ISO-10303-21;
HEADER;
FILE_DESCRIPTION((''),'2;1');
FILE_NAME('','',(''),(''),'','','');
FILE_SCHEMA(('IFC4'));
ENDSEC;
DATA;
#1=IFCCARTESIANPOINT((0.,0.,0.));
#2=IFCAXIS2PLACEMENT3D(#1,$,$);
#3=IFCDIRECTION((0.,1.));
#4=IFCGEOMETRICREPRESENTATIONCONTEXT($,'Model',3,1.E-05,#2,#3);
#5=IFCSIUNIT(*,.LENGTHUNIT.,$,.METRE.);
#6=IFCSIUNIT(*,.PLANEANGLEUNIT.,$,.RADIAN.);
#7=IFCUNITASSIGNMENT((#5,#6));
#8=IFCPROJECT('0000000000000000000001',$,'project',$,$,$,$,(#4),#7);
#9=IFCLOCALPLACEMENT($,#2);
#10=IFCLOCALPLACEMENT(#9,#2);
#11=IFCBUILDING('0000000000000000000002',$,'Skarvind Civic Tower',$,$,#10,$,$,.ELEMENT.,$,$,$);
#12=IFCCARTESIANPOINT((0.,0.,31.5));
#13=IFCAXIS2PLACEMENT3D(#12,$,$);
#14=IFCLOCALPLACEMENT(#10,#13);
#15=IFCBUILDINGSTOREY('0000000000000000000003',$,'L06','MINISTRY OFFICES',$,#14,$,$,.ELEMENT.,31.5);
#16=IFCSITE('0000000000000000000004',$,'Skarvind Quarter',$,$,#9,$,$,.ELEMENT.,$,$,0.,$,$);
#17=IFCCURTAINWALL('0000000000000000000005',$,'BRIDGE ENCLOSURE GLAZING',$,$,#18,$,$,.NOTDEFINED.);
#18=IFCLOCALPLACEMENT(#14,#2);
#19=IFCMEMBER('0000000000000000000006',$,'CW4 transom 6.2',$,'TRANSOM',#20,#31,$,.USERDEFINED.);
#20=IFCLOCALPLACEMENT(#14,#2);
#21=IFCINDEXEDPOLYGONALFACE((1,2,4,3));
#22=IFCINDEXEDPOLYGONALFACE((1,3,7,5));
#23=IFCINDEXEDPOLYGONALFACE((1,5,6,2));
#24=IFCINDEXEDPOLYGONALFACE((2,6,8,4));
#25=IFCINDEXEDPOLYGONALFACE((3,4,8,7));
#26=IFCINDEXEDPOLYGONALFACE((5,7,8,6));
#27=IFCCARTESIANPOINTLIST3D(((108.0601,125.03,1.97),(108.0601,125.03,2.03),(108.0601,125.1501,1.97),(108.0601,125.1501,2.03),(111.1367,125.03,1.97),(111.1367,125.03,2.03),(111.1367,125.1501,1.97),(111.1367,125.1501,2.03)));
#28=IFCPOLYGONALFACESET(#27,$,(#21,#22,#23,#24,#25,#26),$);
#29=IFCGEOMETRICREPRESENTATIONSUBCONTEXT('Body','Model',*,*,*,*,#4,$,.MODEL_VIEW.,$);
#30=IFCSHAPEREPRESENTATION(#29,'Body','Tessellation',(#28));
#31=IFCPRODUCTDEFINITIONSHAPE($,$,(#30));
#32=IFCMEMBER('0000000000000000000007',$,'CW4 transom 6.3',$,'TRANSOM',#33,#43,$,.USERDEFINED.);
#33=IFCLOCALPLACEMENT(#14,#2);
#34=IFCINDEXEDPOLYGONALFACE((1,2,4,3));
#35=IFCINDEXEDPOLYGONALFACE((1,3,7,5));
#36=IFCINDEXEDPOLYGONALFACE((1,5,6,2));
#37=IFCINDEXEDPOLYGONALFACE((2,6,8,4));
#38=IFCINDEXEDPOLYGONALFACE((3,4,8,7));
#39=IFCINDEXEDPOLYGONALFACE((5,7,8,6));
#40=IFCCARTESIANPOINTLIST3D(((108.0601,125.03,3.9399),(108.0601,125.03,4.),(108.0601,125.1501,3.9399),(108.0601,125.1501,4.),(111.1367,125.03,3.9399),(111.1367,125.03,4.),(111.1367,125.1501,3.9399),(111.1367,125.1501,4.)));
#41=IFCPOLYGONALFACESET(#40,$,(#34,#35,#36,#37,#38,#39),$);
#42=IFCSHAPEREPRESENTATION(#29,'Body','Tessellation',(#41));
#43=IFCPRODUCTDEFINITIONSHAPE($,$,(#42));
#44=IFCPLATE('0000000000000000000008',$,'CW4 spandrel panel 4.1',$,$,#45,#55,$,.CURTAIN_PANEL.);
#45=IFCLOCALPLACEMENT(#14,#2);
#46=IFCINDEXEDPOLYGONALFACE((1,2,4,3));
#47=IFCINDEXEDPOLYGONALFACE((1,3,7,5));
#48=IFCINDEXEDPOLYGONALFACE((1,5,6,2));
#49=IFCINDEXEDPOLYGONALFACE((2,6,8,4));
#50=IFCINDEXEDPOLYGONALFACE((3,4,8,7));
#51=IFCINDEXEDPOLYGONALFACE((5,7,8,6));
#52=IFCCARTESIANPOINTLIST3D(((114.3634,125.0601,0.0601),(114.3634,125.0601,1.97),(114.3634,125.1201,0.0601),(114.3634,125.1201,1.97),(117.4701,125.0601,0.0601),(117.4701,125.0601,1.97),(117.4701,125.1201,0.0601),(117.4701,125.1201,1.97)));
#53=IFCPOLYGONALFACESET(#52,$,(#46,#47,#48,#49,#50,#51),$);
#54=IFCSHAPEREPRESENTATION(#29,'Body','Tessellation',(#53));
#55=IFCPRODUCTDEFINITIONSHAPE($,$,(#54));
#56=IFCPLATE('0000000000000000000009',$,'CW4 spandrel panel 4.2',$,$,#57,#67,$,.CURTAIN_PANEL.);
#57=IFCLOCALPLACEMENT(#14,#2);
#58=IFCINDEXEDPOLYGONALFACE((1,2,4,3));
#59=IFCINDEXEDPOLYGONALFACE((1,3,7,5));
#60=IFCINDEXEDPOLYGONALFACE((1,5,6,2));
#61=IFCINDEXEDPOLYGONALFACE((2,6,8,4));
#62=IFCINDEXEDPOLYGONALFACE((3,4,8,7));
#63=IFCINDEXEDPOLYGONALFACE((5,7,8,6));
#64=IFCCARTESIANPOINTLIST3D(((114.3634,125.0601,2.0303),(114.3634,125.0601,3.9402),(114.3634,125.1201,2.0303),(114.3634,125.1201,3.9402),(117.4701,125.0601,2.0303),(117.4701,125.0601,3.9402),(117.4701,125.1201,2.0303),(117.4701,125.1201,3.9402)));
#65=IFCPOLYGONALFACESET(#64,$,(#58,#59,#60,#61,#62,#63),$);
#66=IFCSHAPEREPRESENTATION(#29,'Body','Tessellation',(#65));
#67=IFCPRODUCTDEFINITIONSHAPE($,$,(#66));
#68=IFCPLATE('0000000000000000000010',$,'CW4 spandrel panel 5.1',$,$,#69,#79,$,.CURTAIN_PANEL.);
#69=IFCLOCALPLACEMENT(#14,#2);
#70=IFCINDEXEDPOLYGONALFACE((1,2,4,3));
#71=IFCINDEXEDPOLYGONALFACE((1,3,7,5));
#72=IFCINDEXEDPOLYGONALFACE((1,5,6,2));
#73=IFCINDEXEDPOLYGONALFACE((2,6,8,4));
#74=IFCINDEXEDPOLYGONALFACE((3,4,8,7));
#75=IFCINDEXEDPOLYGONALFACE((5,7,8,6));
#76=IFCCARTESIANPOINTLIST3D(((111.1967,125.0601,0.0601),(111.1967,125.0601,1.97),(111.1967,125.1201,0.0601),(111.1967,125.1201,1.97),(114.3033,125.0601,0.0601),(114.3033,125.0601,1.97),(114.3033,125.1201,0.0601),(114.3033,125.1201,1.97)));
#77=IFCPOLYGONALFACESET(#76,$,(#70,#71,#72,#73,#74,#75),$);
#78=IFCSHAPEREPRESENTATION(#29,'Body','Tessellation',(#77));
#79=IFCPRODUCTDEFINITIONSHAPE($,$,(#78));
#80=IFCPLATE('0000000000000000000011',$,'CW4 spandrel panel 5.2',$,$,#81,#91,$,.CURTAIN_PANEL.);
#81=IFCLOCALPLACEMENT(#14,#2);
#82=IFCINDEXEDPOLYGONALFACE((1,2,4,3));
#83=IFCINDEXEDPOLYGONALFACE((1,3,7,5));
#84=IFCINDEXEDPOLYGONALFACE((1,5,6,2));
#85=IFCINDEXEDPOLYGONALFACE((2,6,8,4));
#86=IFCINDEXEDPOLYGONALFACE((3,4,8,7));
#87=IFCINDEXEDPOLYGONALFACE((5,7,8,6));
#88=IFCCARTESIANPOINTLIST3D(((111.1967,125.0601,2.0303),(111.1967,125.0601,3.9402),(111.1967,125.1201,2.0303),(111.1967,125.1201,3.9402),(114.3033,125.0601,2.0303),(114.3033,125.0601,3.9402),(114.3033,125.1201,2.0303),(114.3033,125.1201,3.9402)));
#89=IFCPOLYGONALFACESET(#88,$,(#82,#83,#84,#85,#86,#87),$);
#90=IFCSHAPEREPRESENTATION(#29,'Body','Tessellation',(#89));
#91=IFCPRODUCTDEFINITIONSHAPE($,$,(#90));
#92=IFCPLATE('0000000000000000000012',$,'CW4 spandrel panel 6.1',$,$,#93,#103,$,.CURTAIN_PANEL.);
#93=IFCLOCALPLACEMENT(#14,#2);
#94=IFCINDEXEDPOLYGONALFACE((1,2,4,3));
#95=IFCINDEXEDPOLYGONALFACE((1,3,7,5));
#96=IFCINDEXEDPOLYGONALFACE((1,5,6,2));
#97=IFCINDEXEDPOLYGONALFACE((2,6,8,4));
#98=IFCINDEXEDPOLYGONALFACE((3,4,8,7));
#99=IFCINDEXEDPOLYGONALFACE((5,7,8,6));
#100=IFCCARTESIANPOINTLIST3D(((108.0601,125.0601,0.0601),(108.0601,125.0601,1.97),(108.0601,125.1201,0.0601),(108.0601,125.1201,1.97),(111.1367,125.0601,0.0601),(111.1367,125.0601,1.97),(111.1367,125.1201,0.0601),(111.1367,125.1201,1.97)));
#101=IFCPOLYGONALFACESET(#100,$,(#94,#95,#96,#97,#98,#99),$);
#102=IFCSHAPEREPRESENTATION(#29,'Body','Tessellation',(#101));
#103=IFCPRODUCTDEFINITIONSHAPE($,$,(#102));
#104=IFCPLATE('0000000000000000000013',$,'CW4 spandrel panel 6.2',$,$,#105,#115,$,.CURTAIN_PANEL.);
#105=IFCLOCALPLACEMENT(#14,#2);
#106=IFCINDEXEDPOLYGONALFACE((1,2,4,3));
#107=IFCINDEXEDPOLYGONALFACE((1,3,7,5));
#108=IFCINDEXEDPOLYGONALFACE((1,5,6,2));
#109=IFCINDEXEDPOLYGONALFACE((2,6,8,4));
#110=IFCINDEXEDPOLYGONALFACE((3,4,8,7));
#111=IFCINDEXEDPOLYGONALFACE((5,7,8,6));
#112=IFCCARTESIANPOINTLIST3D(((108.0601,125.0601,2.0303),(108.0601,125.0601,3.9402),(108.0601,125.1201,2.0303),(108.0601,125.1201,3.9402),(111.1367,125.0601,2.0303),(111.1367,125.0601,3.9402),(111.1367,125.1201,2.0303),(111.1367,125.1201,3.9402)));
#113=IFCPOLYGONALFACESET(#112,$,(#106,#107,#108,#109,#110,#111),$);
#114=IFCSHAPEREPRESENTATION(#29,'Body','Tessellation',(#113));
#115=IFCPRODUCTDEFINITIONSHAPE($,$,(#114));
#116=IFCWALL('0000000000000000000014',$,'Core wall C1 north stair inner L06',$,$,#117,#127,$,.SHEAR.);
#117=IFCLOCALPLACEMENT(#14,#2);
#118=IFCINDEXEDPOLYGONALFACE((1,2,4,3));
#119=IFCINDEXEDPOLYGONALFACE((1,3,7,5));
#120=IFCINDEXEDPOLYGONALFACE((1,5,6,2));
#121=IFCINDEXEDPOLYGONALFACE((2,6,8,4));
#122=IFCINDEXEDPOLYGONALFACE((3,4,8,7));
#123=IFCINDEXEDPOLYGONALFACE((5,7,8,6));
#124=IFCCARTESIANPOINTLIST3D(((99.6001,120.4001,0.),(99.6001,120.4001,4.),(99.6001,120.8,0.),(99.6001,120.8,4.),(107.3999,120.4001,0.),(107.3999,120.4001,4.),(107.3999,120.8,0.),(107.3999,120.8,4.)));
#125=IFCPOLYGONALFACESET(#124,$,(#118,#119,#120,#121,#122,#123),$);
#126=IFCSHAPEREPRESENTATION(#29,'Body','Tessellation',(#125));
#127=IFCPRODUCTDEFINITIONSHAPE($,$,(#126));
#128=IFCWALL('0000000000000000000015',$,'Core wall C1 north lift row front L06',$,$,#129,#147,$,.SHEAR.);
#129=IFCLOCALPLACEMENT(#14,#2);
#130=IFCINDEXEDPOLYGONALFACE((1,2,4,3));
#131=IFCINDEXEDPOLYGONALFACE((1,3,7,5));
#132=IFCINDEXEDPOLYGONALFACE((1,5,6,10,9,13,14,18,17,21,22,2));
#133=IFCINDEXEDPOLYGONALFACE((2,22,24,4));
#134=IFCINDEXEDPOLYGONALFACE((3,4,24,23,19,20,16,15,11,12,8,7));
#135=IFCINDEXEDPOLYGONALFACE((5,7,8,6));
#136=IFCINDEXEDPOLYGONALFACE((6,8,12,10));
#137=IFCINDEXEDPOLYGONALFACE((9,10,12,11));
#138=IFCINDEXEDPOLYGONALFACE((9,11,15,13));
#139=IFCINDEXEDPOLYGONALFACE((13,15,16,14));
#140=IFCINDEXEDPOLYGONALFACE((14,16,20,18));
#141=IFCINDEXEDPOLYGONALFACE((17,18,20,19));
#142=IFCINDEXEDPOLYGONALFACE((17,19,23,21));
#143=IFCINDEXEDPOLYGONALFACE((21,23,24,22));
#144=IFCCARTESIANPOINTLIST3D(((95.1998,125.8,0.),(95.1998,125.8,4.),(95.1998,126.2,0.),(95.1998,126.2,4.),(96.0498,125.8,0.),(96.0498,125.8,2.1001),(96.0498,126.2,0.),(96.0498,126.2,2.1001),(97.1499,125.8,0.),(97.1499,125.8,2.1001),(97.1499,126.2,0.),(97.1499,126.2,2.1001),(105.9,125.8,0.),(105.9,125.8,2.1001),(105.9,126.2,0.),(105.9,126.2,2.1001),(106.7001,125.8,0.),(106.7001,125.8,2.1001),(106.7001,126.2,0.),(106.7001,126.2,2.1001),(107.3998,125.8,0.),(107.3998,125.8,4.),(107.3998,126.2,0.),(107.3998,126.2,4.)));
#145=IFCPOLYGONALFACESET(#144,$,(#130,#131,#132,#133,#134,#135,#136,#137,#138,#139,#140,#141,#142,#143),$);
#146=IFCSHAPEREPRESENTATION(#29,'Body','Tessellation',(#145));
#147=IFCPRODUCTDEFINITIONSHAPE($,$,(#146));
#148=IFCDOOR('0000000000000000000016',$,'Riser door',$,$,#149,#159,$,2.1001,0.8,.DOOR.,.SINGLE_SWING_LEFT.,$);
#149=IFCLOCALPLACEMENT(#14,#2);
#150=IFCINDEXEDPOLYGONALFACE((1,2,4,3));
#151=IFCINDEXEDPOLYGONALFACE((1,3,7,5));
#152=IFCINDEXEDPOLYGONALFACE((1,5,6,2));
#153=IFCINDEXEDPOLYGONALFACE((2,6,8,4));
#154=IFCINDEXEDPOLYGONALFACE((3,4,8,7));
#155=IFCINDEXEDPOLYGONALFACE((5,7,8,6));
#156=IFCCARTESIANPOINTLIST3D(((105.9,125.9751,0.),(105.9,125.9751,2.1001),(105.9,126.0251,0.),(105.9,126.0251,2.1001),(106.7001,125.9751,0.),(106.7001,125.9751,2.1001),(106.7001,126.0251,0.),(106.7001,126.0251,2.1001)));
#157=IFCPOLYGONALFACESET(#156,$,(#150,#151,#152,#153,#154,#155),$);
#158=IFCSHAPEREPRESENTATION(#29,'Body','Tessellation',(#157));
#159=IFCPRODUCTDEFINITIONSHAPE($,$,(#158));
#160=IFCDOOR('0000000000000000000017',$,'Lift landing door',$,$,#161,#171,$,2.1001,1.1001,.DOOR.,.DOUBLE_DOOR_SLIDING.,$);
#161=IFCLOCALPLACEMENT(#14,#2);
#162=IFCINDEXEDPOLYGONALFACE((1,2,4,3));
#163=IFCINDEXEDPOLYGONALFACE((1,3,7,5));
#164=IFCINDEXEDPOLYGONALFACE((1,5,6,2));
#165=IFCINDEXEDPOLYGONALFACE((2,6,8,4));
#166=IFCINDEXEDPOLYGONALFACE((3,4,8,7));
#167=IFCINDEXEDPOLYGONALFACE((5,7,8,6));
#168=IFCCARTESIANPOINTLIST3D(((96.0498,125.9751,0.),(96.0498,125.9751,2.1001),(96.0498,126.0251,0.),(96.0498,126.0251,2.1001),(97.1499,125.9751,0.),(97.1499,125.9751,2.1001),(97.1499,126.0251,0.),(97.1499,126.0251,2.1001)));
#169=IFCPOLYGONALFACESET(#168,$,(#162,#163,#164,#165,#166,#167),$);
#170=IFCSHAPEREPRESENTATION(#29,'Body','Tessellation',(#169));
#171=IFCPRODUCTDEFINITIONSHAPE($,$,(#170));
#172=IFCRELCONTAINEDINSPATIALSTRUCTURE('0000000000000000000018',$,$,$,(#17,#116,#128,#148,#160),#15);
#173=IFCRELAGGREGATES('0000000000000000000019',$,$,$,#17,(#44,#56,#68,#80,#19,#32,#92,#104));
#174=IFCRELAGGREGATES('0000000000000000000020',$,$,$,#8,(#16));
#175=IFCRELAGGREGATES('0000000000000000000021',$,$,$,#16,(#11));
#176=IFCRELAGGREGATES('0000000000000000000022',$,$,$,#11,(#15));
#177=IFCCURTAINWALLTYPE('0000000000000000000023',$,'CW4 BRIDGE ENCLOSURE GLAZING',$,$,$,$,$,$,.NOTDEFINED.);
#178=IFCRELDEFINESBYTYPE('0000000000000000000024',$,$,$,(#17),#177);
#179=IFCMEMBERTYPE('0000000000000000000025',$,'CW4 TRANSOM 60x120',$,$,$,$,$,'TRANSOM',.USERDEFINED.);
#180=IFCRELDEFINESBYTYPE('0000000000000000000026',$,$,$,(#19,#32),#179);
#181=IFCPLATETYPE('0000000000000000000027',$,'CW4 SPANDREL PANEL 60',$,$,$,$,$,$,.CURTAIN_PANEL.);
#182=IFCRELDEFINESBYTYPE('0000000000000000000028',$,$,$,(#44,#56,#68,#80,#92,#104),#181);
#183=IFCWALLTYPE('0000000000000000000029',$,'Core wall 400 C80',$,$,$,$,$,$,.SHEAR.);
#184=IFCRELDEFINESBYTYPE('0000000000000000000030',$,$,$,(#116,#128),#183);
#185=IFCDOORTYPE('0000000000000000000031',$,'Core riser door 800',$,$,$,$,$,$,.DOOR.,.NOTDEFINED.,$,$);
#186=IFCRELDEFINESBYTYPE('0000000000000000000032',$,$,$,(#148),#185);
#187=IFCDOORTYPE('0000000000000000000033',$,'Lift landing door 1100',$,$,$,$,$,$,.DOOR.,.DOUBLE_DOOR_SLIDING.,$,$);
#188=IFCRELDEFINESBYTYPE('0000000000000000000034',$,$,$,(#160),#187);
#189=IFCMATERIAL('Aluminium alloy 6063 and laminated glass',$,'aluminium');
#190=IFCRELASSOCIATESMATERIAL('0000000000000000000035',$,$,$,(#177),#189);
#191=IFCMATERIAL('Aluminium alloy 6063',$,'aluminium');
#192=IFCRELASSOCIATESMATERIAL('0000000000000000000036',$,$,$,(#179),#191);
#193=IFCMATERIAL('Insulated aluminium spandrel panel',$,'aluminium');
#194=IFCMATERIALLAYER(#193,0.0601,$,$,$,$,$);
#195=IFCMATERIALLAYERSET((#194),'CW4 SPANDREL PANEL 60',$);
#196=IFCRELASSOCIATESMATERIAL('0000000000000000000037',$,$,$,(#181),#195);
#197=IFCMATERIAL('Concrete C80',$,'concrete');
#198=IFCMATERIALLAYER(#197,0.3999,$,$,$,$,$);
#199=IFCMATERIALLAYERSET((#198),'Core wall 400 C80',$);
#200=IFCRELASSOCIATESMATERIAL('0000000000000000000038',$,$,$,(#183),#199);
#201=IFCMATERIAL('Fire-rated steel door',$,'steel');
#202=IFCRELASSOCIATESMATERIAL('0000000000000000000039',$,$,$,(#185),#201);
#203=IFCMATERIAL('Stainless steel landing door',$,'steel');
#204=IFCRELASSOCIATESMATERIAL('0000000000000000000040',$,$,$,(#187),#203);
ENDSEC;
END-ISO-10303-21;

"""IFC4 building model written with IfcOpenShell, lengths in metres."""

from ifc_helpers import new_model, si_unit, direction, frame, frame_2d, origin, origin_2d, place, context, subcontext, project, spatial, rectangle, extrude, material, layer, layer_set, material_profile, profile_set, type_object, element, fill, aggregate, save


model = new_model("IFC4")

# Units and contexts
model_context = context("Model", 3, precision=1e-05, world=origin(), true_north=direction((0.0, 1.0)))
body_context = subcontext(model_context, "Body", "Model", "MODEL_VIEW")
ifc_project = project(units=[si_unit("LENGTHUNIT", "METRE"), si_unit("PLANEANGLEUNIT", "RADIAN")], contexts=[model_context])

# Site, building, storey
site_placement = place(None, origin())
site = spatial("IfcSite", under=ifc_project, at=site_placement, Name="Skarvind Quarter", CompositionType="ELEMENT", RefElevation=0.0)
building_placement = place(site_placement, origin())
building = spatial("IfcBuilding", under=site, at=building_placement, Name="Skarvind Civic Tower", CompositionType="ELEMENT")
storey_placement = place(building_placement, frame((0.0, 0.0, 31.5)))
storey = spatial("IfcBuildingStorey", under=building, at=storey_placement, Name="L06", Description="MINISTRY OFFICES", CompositionType="ELEMENT", Elevation=31.5)

# Curtain wall, members, plates
ifc_material_1 = material(Name="Aluminium alloy 6063 and laminated glass", Category="aluminium")
curtain_wall_type = type_object("IfcCurtainWallType", Name="CW4 BRIDGE ENCLOSURE GLAZING", PredefinedType="NOTDEFINED", material=ifc_material_1)
curtain_wall_placement = place(storey_placement, origin())
curtain_wall = element("IfcCurtainWall", 1, at=curtain_wall_placement, inside=storey, type_object=curtain_wall_type, Name="BRIDGE ENCLOSURE GLAZING", PredefinedType="NOTDEFINED")
ifc_material_2 = material(Name="Aluminium alloy 6063", Category="aluminium")
ifc_material_profile_1 = material_profile(ifc_material_2, rectangle(XDim=0.1201, YDim=0.0601, at=origin_2d()), Name="AL 60x120")
ifc_profile_set_1 = profile_set([ifc_material_profile_1], Name="Aluminium alloy 6063")
member_type_1 = type_object("IfcMemberType", Name="CW4 TRANSOM 60x120", ElementType="TRANSOM", PredefinedType="USERDEFINED", material=ifc_profile_set_1)
member_1_placement = place(storey_placement, frame((111.1367, 125.0901, 2.0), z_axis=(-1.0, 0.0, 0.0), x_axis=(0.0, -1.0, 0.0)))
member_1 = element("IfcMember", 2, at=member_1_placement, type_object=member_type_1, Name="CW4 transom 6.2", ObjectType="TRANSOM", PredefinedType="USERDEFINED", context=body_context, shape_type="SweptSolid", body=[
    extrude(rectangle(XDim=0.1201, YDim=0.0601, at=origin_2d()), origin(), (0.0, 0.0, 1.0), 3.0767),
])
member_2_placement = place(storey_placement, frame((111.1367, 125.0901, 3.97), z_axis=(-1.0, 0.0, 0.0), x_axis=(0.0, -1.0, 0.0)))
member_2 = element("IfcMember", 3, at=member_2_placement, type_object=member_type_1, Name="CW4 transom 6.3", ObjectType="TRANSOM", PredefinedType="USERDEFINED", context=body_context, shape_type="SweptSolid", body=[
    extrude(rectangle(XDim=0.1201, YDim=0.0601, at=origin_2d()), origin(), (0.0, 0.0, 1.0), 3.0767),
])
ifc_material_3 = material(Name="Insulated aluminium spandrel panel", Category="aluminium")
ifc_layer_1 = layer(ifc_material_3, 0.0601)
ifc_layer_set_1 = layer_set([ifc_layer_1], Name="CW4 SPANDREL PANEL 60")
plate_type = type_object("IfcPlateType", Name="CW4 SPANDREL PANEL 60", PredefinedType="CURTAIN_PANEL", material=ifc_layer_set_1)
plate_1_placement = place(storey_placement, frame((115.9167, 125.0901, 0.0601), z_axis=(0.0, 0.0, 1.0), x_axis=(-1.0, 0.0, 0.0)))
plate_1 = element("IfcPlate", 4, at=plate_1_placement, type_object=plate_type, Name="CW4 spandrel panel 4.1", PredefinedType="CURTAIN_PANEL", context=body_context, shape_type="SweptSolid", body=[
    extrude(rectangle(XDim=3.1067, YDim=0.0601, at=origin_2d()), origin(), (0.0, 0.0, 1.0), 1.9099),
])
plate_2_placement = place(storey_placement, frame((115.9167, 125.0901, 2.0303), z_axis=(0.0, 0.0, 1.0), x_axis=(-1.0, 0.0, 0.0)))
plate_2 = element("IfcPlate", 5, at=plate_2_placement, type_object=plate_type, Name="CW4 spandrel panel 4.2", PredefinedType="CURTAIN_PANEL", context=body_context, shape_type="SweptSolid", body=[
    extrude(rectangle(XDim=3.1067, YDim=0.0601, at=origin_2d()), origin(), (0.0, 0.0, 1.0), 1.9099),
])
plate_3_placement = place(storey_placement, frame((112.75, 125.0901, 0.0601), z_axis=(0.0, 0.0, 1.0), x_axis=(-1.0, 0.0, 0.0)))
plate_3 = element("IfcPlate", 6, at=plate_3_placement, type_object=plate_type, Name="CW4 spandrel panel 5.1", PredefinedType="CURTAIN_PANEL", context=body_context, shape_type="SweptSolid", body=[
    extrude(rectangle(XDim=3.1067, YDim=0.0601, at=origin_2d()), origin(), (0.0, 0.0, 1.0), 1.9099),
])
plate_4_placement = place(storey_placement, frame((112.75, 125.0901, 2.0303), z_axis=(0.0, 0.0, 1.0), x_axis=(-1.0, 0.0, 0.0)))
plate_4 = element("IfcPlate", 7, at=plate_4_placement, type_object=plate_type, Name="CW4 spandrel panel 5.2", PredefinedType="CURTAIN_PANEL", context=body_context, shape_type="SweptSolid", body=[
    extrude(rectangle(XDim=3.1067, YDim=0.0601, at=origin_2d()), origin(), (0.0, 0.0, 1.0), 1.9099),
])
plate_5_placement = place(storey_placement, frame((109.5984, 125.0901, 0.0601), z_axis=(0.0, 0.0, 1.0), x_axis=(-1.0, 0.0, 0.0)))
plate_5 = element("IfcPlate", 8, at=plate_5_placement, type_object=plate_type, Name="CW4 spandrel panel 6.1", PredefinedType="CURTAIN_PANEL", context=body_context, shape_type="SweptSolid", body=[
    extrude(rectangle(XDim=3.0767, YDim=0.0601, at=origin_2d()), origin(), (0.0, 0.0, 1.0), 1.9099),
])
plate_6_placement = place(storey_placement, frame((109.5984, 125.0901, 2.0303), z_axis=(0.0, 0.0, 1.0), x_axis=(-1.0, 0.0, 0.0)))
plate_6 = element("IfcPlate", 9, at=plate_6_placement, type_object=plate_type, Name="CW4 spandrel panel 6.2", PredefinedType="CURTAIN_PANEL", context=body_context, shape_type="SweptSolid", body=[
    extrude(rectangle(XDim=3.0767, YDim=0.0601, at=origin_2d()), origin(), (0.0, 0.0, 1.0), 1.9099),
])
aggregate(curtain_wall, [plate_1, plate_2, plate_3, plate_4, member_1, member_2, plate_5, plate_6])

# Wall
ifc_material_4 = material(Name="Concrete C80", Category="concrete")
ifc_layer_2 = layer(ifc_material_4, 0.3999)
ifc_layer_set_2 = layer_set([ifc_layer_2], Name="Core wall 400 C80")
wall_type_1 = type_object("IfcWallType", Name="Core wall 400 C80", PredefinedType="SHEAR", material=ifc_layer_set_2)
wall_1_placement = place(storey_placement, frame((107.3999, 120.6001, 0.0), z_axis=(0.0, 0.0, 1.0), x_axis=(-1.0, 0.0, 0.0)))
element("IfcWall", 10, at=wall_1_placement, inside=storey, type_object=wall_type_1, Name="Core wall C1 north stair inner L06", PredefinedType="SHEAR", context=body_context, shape_type="SweptSolid", body=[
    extrude(rectangle(XDim=7.7998, YDim=0.3999, at=frame_2d((3.8999, 0.0))), origin(), (0.0, 0.0, 1.0), 4.0),
])

# Wall, openings, doors
wall_2_placement = place(storey_placement, frame((107.3999, 126.0, 0.0), z_axis=(0.0, 0.0, 1.0), x_axis=(-1.0, 0.0, 0.0)))
wall_2 = element("IfcWall", 11, at=wall_2_placement, inside=storey, type_object=wall_type_1, Name="Core wall C1 north lift row front L06", PredefinedType="SHEAR", context=body_context, shape_type="SweptSolid", body=[
    extrude(rectangle(XDim=12.2, YDim=0.3999, at=frame_2d((6.1001, 0.0))), origin(), (0.0, 0.0, 1.0), 4.0),
])
opening_1_placement = place(wall_2_placement, frame((10.25, 0.0, 0.0)))
opening_1 = element("IfcOpeningElement", 12, at=opening_1_placement, cuts=wall_2, PredefinedType="OPENING", context=body_context, shape_type="SweptSolid", body=[
    extrude(rectangle(XDim=1.1001, YDim=2.1001, at=frame_2d((0.55, 1.05))), frame((0.0, 0.21, 0.0), z_axis=(0.0, -1.0, 0.0), x_axis=(1.0, 0.0, 0.0)), (0.0, 0.0, 1.0), 0.4199),
])
opening_2_placement = place(wall_2_placement, frame((0.7, 0.0, 0.0)))
opening_2 = element("IfcOpeningElement", 13, at=opening_2_placement, cuts=wall_2, PredefinedType="OPENING", context=body_context, shape_type="SweptSolid", body=[
    extrude(rectangle(XDim=0.8, YDim=2.1001, at=frame_2d((0.3999, 1.05))), frame((0.0, 0.21, 0.0), z_axis=(0.0, -1.0, 0.0), x_axis=(1.0, 0.0, 0.0)), (0.0, 0.0, 1.0), 0.4199),
])
ifc_material_5 = material(Name="Fire-rated steel door", Category="steel")
door_type_1 = type_object("IfcDoorType", Name="Core riser door 800", OperationType="NOTDEFINED", PredefinedType="DOOR", material=ifc_material_5)
door_1_placement = place(opening_2_placement, origin())
door_1 = element("IfcDoor", 14, at=door_1_placement, inside=storey, type_object=door_type_1, Name="Riser door", OperationType="SINGLE_SWING_LEFT", OverallHeight=2.1001, OverallWidth=0.8, PredefinedType="DOOR", context=body_context, shape_type="SweptSolid", body=[
    extrude(rectangle(XDim=0.8, YDim=2.1001, at=frame_2d((0.3999, 1.05))), frame((0.0, 0.0249, 0.0), z_axis=(0.0, -1.0, 0.0), x_axis=(1.0, 0.0, 0.0)), (0.0, 0.0, 1.0), 0.05),
])
fill(opening_2, door_1)
ifc_material_6 = material(Name="Stainless steel landing door", Category="steel")
door_type_2 = type_object("IfcDoorType", Name="Lift landing door 1100", OperationType="DOUBLE_DOOR_SLIDING", PredefinedType="DOOR", material=ifc_material_6)
door_2_placement = place(opening_1_placement, origin())
door_2 = element("IfcDoor", 15, at=door_2_placement, inside=storey, type_object=door_type_2, Name="Lift landing door", OperationType="DOUBLE_DOOR_SLIDING", OverallHeight=2.1001, OverallWidth=1.1001, PredefinedType="DOOR", context=body_context, shape_type="SweptSolid", body=[
    extrude(rectangle(XDim=1.1001, YDim=2.1001, at=frame_2d((0.55, 1.05))), frame((0.0, 0.0249, 0.0), z_axis=(0.0, -1.0, 0.0), x_axis=(1.0, 0.0, 0.0)), (0.0, 0.0, 1.0), 0.05),
])
fill(opening_1, door_2)

save(model, "model.ifc")
